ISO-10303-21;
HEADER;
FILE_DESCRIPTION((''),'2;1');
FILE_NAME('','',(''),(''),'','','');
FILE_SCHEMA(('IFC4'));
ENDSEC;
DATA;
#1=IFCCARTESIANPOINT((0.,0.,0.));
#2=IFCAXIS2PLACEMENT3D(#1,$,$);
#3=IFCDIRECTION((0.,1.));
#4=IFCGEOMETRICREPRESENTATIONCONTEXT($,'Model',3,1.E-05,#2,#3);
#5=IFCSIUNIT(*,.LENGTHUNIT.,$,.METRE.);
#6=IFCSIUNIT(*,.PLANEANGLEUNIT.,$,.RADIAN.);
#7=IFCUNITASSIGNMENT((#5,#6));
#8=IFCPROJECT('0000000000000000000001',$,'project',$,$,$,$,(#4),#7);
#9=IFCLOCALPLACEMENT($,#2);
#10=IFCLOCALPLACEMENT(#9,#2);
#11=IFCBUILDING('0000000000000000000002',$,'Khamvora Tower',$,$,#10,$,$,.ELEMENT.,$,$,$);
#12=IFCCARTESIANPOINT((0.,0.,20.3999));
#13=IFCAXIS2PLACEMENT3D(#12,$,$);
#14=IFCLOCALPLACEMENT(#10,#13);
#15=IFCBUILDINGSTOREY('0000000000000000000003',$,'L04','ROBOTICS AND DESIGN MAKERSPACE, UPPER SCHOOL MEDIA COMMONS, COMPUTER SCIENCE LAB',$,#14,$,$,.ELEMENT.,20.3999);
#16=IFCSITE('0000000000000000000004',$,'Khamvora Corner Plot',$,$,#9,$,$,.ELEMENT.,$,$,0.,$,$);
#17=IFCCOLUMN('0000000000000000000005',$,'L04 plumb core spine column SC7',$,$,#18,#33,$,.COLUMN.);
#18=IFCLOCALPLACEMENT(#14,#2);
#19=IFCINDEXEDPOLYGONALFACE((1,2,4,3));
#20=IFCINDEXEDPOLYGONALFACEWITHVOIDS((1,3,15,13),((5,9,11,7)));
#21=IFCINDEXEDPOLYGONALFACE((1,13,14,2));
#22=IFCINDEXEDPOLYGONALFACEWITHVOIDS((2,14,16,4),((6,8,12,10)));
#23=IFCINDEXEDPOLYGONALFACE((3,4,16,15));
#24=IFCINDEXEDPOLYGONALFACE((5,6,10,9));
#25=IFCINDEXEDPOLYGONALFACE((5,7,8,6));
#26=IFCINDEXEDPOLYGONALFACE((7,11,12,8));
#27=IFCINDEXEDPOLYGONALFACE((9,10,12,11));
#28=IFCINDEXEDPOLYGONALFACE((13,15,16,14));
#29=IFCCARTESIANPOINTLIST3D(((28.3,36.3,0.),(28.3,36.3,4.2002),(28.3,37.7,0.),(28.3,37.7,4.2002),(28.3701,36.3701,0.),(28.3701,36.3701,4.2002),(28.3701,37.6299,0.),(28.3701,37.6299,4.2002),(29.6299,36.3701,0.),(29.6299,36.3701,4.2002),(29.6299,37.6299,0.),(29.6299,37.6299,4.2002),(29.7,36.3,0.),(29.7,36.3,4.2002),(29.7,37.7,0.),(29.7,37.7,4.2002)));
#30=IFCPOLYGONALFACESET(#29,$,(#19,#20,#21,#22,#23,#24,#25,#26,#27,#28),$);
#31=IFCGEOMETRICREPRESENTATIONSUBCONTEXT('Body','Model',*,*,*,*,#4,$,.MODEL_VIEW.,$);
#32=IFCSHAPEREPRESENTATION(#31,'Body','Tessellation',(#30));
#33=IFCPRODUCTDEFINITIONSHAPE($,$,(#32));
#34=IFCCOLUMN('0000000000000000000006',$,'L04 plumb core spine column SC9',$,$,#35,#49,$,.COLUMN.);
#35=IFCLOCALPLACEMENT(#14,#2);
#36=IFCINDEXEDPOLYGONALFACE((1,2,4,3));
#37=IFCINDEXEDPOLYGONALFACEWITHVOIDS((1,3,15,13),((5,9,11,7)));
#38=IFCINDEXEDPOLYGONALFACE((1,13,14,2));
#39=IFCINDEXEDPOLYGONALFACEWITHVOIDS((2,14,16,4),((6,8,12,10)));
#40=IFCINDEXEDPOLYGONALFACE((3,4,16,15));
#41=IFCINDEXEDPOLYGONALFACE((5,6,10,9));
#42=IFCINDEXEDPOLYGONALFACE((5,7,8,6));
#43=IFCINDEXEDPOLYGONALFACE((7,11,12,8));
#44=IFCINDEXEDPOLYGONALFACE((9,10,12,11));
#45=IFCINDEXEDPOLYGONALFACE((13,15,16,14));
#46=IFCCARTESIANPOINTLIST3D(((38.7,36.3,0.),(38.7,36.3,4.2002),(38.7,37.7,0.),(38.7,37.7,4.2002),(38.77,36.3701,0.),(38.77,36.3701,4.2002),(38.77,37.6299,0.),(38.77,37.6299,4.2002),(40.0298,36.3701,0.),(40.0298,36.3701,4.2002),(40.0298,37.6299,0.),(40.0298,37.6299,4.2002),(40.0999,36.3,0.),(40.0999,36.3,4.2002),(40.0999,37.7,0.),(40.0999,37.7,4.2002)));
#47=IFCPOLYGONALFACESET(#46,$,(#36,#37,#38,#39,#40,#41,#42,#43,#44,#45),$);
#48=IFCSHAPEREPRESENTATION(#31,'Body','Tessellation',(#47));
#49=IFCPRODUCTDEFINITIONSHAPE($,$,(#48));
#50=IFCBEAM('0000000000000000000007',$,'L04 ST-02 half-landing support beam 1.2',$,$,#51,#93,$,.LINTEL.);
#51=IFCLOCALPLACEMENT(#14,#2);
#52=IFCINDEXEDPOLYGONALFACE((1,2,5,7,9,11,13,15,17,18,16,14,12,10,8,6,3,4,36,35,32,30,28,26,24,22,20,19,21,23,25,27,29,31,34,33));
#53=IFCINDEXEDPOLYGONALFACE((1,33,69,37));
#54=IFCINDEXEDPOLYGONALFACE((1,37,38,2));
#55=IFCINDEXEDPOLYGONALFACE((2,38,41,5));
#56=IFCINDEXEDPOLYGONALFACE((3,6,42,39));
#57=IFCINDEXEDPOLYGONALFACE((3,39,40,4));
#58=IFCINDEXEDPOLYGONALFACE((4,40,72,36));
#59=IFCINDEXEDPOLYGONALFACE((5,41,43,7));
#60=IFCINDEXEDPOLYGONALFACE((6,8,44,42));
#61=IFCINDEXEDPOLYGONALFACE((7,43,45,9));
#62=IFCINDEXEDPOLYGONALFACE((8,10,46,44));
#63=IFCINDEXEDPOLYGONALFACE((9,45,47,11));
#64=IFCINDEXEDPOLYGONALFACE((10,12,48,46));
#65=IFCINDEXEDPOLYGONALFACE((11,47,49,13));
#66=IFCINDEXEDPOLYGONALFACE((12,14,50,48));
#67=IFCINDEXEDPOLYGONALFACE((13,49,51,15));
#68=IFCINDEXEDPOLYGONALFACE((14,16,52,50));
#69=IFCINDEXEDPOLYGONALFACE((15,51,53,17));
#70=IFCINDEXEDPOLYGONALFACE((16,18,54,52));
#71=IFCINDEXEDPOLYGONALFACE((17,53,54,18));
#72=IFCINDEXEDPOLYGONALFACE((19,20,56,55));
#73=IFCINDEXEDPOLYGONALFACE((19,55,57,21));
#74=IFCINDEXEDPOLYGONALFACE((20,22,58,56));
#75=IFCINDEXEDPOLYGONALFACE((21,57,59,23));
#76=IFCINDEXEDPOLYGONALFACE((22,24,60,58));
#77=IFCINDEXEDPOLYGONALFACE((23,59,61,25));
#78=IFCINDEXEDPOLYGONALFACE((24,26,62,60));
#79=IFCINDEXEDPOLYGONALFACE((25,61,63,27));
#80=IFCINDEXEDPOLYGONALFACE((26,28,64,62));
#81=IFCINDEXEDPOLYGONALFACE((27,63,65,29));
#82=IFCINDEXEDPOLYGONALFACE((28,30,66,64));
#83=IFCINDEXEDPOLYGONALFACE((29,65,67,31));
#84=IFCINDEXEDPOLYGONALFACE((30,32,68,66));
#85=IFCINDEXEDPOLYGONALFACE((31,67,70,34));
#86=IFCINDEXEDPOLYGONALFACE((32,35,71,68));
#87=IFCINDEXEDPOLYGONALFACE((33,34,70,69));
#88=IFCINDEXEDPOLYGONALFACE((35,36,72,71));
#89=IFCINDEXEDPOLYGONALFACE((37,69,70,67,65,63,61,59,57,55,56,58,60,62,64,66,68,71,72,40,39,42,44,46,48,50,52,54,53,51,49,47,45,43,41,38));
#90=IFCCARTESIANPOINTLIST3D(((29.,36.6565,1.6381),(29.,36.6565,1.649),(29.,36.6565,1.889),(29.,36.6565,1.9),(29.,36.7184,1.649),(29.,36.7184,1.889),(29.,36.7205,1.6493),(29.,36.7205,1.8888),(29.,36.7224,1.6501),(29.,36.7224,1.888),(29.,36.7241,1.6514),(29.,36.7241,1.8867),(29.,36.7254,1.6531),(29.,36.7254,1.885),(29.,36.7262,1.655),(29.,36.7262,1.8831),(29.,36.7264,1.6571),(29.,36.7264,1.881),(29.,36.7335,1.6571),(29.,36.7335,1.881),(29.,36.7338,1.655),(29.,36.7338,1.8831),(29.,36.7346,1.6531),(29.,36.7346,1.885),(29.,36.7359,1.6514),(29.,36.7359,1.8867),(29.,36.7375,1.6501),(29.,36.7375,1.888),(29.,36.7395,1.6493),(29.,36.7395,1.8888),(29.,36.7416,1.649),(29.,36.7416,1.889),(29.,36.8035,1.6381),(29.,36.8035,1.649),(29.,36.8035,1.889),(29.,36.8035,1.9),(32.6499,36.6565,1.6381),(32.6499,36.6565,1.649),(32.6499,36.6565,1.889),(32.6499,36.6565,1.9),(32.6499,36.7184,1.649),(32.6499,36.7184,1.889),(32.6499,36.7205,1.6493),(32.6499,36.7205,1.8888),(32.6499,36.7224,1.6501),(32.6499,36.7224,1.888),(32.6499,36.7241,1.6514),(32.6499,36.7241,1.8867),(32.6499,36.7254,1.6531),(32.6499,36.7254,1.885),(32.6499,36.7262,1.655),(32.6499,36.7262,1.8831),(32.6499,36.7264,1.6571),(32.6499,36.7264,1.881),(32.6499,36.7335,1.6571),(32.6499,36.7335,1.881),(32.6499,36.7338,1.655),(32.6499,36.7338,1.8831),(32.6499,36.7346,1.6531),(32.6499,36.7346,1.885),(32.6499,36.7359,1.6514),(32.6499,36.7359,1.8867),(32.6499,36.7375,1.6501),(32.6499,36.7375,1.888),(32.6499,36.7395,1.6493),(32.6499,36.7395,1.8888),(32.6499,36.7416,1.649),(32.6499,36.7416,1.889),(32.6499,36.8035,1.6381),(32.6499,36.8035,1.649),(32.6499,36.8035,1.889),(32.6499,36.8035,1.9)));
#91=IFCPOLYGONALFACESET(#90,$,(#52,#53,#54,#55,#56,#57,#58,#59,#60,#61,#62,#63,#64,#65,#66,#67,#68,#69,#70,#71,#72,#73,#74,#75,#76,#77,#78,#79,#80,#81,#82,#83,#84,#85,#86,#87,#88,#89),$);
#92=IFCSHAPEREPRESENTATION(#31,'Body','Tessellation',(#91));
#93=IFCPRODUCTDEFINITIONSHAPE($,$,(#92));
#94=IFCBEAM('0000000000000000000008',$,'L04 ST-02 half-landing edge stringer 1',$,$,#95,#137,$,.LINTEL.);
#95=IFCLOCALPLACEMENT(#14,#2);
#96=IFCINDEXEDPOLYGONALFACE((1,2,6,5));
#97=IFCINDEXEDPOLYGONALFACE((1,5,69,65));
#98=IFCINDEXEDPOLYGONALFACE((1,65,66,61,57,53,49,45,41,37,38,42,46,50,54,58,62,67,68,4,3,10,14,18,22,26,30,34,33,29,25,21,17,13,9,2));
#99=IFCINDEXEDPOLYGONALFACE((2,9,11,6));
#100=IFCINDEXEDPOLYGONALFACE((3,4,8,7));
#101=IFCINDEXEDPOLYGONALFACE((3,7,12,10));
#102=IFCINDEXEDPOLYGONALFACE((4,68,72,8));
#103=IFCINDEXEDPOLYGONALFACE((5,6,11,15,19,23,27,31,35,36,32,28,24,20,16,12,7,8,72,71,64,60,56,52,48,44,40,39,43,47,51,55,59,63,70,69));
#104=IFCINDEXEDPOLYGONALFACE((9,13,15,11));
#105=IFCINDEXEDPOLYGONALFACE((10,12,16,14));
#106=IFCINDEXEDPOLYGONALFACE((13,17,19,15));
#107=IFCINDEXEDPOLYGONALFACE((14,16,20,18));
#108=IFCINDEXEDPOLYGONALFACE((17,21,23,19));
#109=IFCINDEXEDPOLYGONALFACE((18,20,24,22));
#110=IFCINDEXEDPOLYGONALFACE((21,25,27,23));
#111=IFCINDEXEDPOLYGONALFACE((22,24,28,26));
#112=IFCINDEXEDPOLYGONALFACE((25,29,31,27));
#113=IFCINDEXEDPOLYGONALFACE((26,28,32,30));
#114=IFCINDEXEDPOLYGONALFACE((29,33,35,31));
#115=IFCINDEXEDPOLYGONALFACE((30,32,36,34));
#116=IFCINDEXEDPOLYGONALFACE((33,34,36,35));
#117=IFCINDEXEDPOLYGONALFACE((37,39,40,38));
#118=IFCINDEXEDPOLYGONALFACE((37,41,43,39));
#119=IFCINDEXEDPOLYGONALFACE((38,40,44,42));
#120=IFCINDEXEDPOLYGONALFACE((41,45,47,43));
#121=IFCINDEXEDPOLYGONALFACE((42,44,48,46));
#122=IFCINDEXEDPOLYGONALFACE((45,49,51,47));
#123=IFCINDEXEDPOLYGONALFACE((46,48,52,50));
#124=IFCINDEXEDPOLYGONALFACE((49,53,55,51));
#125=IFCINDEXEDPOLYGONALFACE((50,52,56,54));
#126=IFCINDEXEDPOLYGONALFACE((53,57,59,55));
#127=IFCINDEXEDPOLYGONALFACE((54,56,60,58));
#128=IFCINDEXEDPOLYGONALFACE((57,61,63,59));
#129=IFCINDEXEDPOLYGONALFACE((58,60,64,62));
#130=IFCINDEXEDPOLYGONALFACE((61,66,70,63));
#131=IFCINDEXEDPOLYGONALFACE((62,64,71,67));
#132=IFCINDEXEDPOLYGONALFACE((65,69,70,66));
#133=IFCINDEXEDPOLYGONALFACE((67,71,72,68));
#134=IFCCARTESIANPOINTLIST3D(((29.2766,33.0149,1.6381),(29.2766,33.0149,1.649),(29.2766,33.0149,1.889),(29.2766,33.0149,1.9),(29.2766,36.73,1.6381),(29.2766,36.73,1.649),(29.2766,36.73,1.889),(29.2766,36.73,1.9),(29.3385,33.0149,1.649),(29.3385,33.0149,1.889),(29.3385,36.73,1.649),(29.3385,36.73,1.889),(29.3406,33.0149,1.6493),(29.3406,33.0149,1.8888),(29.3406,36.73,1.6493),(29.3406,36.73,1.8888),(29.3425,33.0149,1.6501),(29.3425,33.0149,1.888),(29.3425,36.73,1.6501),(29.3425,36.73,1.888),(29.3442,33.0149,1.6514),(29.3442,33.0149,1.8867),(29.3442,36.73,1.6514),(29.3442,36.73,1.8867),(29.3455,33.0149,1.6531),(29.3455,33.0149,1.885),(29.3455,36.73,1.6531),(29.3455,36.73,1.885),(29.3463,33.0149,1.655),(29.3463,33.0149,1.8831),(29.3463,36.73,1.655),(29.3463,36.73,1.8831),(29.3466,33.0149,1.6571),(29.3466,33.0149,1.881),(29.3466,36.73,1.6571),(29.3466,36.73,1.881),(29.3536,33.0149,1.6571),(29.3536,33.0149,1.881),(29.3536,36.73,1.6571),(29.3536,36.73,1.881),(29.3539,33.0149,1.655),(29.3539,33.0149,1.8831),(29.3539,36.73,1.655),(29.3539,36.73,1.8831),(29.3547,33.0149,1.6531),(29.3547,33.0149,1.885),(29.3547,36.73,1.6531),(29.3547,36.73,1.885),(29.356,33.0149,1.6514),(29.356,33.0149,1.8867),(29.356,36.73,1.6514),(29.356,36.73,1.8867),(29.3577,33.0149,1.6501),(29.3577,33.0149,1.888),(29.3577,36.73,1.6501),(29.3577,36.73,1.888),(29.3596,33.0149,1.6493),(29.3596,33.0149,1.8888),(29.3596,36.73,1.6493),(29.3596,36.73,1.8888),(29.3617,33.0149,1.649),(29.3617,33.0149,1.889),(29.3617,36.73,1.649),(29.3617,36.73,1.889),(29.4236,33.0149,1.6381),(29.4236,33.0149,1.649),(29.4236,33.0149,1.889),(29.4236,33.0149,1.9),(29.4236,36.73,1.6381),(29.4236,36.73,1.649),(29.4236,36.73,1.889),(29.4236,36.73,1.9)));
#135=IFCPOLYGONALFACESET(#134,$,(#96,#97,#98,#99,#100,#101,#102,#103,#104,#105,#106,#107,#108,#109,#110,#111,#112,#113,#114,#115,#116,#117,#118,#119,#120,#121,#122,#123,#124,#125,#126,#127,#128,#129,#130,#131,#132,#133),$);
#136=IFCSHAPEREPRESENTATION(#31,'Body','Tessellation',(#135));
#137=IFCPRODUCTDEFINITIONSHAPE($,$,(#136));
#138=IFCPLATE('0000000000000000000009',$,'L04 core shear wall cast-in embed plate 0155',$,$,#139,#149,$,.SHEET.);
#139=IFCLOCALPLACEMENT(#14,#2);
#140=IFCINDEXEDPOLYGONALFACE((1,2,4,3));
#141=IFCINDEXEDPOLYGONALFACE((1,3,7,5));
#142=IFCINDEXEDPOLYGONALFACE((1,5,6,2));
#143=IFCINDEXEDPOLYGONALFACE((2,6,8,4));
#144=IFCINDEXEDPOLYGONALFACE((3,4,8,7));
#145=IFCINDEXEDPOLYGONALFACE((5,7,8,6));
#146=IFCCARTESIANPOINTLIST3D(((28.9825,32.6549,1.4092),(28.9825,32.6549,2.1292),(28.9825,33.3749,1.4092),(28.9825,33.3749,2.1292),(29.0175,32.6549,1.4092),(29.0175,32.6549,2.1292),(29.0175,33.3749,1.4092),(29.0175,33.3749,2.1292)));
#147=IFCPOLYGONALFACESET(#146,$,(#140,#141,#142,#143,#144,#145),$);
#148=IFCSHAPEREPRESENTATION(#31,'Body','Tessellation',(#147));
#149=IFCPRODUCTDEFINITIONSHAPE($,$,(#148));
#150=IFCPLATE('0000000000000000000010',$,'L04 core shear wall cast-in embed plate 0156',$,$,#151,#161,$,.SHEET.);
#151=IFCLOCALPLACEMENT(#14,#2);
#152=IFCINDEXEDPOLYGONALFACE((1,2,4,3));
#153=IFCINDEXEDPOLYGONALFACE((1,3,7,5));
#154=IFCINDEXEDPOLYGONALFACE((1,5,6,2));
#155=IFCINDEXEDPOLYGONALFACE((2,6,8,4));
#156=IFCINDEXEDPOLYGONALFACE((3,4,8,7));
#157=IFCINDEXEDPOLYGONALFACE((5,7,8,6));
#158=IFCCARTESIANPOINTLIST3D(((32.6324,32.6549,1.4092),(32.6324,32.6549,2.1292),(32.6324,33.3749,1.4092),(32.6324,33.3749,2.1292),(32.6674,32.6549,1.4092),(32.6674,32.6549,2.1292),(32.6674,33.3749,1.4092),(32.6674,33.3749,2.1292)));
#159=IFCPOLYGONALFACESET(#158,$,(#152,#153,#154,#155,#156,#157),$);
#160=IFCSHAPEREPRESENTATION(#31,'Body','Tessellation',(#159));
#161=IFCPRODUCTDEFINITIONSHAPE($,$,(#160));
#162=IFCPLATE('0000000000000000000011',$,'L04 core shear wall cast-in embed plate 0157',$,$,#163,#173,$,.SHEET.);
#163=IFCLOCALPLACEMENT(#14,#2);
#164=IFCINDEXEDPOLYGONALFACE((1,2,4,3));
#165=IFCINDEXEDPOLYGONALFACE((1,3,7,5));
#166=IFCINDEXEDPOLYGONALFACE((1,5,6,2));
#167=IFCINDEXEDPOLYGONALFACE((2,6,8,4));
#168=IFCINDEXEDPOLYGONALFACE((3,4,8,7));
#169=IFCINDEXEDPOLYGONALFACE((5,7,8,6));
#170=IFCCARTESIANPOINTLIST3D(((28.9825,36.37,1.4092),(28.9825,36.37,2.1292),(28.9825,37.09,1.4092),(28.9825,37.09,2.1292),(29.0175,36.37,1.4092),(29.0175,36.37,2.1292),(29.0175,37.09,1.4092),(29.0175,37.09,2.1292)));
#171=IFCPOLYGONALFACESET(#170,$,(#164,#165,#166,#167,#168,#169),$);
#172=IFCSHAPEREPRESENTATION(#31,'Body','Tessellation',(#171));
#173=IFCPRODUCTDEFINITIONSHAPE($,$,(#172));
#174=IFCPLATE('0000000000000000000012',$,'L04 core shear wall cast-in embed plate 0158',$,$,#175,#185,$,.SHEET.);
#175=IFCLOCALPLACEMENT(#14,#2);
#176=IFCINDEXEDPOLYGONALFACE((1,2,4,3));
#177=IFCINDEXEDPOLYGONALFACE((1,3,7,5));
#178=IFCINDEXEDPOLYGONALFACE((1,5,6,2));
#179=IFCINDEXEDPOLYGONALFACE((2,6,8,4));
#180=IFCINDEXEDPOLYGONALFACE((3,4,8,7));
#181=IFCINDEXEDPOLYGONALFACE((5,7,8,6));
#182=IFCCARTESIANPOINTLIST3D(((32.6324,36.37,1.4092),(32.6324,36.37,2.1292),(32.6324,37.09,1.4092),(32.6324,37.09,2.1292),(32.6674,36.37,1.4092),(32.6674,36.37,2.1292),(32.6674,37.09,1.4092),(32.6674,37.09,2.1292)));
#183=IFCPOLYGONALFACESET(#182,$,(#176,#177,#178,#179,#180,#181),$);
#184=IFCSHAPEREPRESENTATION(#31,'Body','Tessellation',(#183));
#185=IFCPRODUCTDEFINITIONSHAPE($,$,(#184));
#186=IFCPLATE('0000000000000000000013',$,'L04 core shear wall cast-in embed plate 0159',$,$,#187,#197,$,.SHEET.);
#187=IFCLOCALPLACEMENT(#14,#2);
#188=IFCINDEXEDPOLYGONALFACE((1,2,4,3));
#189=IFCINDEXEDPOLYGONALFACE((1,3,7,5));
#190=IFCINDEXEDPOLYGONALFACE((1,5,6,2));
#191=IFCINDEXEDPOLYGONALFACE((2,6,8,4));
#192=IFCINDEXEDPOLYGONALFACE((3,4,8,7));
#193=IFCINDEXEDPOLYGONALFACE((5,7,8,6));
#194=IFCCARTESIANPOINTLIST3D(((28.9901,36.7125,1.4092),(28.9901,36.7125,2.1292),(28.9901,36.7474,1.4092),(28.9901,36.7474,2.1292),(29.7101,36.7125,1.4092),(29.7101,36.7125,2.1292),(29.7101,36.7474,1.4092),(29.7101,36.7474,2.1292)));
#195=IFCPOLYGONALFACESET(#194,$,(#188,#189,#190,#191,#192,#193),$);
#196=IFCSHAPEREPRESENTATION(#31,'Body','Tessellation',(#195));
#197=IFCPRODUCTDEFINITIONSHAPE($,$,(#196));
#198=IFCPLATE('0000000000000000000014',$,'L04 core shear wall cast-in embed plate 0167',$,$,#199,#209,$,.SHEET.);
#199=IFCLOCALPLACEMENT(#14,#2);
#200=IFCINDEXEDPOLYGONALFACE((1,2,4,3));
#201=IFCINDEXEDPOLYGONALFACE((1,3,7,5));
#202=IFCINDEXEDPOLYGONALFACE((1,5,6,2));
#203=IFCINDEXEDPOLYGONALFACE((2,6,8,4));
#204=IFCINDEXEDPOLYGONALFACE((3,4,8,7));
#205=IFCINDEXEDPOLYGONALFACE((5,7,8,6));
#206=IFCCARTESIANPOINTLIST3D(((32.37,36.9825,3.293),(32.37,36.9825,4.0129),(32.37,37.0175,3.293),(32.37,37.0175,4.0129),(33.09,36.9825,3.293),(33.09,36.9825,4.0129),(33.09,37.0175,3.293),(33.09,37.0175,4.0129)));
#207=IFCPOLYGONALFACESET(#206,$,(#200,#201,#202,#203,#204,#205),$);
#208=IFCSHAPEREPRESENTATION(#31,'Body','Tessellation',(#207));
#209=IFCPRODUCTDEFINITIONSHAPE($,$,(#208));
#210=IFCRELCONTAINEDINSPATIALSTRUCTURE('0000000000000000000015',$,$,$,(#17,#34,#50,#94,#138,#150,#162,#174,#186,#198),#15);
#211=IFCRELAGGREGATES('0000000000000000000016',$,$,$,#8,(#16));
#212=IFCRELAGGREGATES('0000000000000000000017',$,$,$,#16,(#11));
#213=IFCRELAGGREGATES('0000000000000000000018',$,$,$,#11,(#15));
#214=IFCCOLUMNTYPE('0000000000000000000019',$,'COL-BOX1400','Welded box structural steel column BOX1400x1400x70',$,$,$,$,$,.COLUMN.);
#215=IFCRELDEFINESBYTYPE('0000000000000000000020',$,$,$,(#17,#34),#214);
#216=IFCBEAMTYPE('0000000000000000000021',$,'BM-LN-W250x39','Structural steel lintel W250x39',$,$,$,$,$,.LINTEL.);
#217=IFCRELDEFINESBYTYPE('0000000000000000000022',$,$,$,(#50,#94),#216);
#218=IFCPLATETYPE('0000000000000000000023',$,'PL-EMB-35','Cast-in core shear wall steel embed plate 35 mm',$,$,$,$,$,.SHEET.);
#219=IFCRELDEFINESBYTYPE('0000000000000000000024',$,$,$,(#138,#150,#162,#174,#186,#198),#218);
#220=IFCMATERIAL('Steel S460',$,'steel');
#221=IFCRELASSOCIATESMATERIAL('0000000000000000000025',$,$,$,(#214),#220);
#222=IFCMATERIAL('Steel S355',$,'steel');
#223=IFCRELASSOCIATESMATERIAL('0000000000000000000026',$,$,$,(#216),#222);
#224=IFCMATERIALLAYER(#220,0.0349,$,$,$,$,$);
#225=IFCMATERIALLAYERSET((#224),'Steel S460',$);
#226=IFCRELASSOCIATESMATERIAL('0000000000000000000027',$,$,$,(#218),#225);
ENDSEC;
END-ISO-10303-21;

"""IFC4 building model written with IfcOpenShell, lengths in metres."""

from ifc_helpers import new_model, si_unit, direction, frame, origin, origin_2d, place, context, subcontext, project, spatial, rectangle, hollow_rectangle, i_section, extrude, material, layer, layer_set, material_profile, profile_set, type_object, element, save


model = new_model("IFC4")

# Units and contexts
model_context = context("Model", 3, precision=1e-05, world=origin(), true_north=direction((0.0, 1.0)))
body_context = subcontext(model_context, "Body", "Model", "MODEL_VIEW")
ifc_project = project(units=[si_unit("LENGTHUNIT", "METRE"), si_unit("PLANEANGLEUNIT", "RADIAN")], contexts=[model_context])

# Site, building, storey
site_placement = place(None, origin())
site = spatial("IfcSite", under=ifc_project, at=site_placement, Name="Khamvora Corner Plot", CompositionType="ELEMENT", RefElevation=0.0)
building_placement = place(site_placement, origin())
building = spatial("IfcBuilding", under=site, at=building_placement, Name="Khamvora Tower", CompositionType="ELEMENT")
storey_placement = place(building_placement, frame((0.0, 0.0, 20.3999)))
storey = spatial("IfcBuildingStorey", under=building, at=storey_placement, Name="L04", Description="ROBOTICS AND DESIGN MAKERSPACE, UPPER SCHOOL MEDIA COMMONS, COMPUTER SCIENCE LAB", CompositionType="ELEMENT", Elevation=20.3999)

# Columns
ifc_material_1 = material(Name="Steel S460", Category="steel")
ifc_material_profile_1 = material_profile(ifc_material_1, hollow_rectangle(XDim=1.3999, YDim=1.3999, WallThickness=0.0701, at=origin_2d()), Name="BOX1400x1400x70")
ifc_profile_set_1 = profile_set([ifc_material_profile_1], Name="Steel S460")
column_type = type_object("IfcColumnType", Name="COL-BOX1400", Description="Welded box structural steel column BOX1400x1400x70", PredefinedType="COLUMN", material=ifc_profile_set_1)
for number, where, z_axis, x_axis, name in (
    (1, (29.0, 37.0, 0.0), (0.0, 0.0, 1.0), (1.0, 0.0, 0.0), "L04 plumb core spine column SC7"),
    (2, (39.3999, 37.0, 0.0), (0.0, 0.0, 1.0), (1.0, 0.0, 0.0), "L04 plumb core spine column SC9"),
):
    element("IfcColumn", number, at=place(storey_placement, frame(where, z_axis=z_axis, x_axis=x_axis)), inside=storey, type_object=column_type, Name=name, PredefinedType="COLUMN", context=body_context, shape_type="SweptSolid", body=[
        extrude(hollow_rectangle(XDim=1.3999, YDim=1.3999, WallThickness=0.0701, at=origin_2d()), origin(), (0.0, 0.0, 1.0), 4.2002),
    ])

# Beams
ifc_material_2 = material(Name="Steel S355", Category="steel")
ifc_material_profile_2 = material_profile(ifc_material_2, i_section(OverallWidth=0.147, OverallDepth=0.262, WebThickness=0.0071, FlangeThickness=0.011, FilletRadius=0.0081, at=origin_2d()), Name="W250x39")
ifc_profile_set_2 = profile_set([ifc_material_profile_2], Name="Steel S355")
beam_type = type_object("IfcBeamType", Name="BM-LN-W250x39", Description="Structural steel lintel W250x39", PredefinedType="LINTEL", material=ifc_profile_set_2)
beam_1_placement = place(storey_placement, frame((29.0, 36.73, 1.769), z_axis=(1.0, 0.0, 0.0), x_axis=(0.0, 1.0, 0.0)))
element("IfcBeam", 3, at=beam_1_placement, inside=storey, type_object=beam_type, Name="L04 ST-02 half-landing support beam 1.2", PredefinedType="LINTEL", context=body_context, shape_type="SweptSolid", body=[
    extrude(i_section(OverallWidth=0.147, OverallDepth=0.262, WebThickness=0.0071, FlangeThickness=0.011, FilletRadius=0.0081, at=origin_2d()), origin(), (0.0, 0.0, 1.0), 3.6499),
])
beam_2_placement = place(storey_placement, frame((29.3501, 33.0149, 1.769), z_axis=(0.0, 1.0, 0.0), x_axis=(-1.0, 0.0, 0.0)))
element("IfcBeam", 4, at=beam_2_placement, inside=storey, type_object=beam_type, Name="L04 ST-02 half-landing edge stringer 1", PredefinedType="LINTEL", context=body_context, shape_type="SweptSolid", body=[
    extrude(i_section(OverallWidth=0.147, OverallDepth=0.262, WebThickness=0.0071, FlangeThickness=0.011, FilletRadius=0.0081, at=origin_2d()), origin(), (0.0, 0.0, 1.0), 3.7151),
])

# Plates
ifc_layer_1 = layer(ifc_material_1, 0.0349)
ifc_layer_set_1 = layer_set([ifc_layer_1], Name="Steel S460")
plate_type = type_object("IfcPlateType", Name="PL-EMB-35", Description="Cast-in core shear wall steel embed plate 35 mm", PredefinedType="SHEET", material=ifc_layer_set_1)
for number, where, z_axis, x_axis, name in (
    (5, (29.0, 33.0149, 1.4092), (0.0, 0.0, 1.0), (1.0, 0.0, 0.0), "L04 core shear wall cast-in embed plate 0155"),
    (6, (32.6499, 33.0149, 1.4092), (0.0, 0.0, 1.0), (1.0, 0.0, 0.0), "L04 core shear wall cast-in embed plate 0156"),
    (7, (29.0, 36.73, 1.4092), (0.0, 0.0, 1.0), (1.0, 0.0, 0.0), "L04 core shear wall cast-in embed plate 0157"),
    (8, (32.6499, 36.73, 1.4092), (0.0, 0.0, 1.0), (1.0, 0.0, 0.0), "L04 core shear wall cast-in embed plate 0158"),
):
    element("IfcPlate", number, at=place(storey_placement, frame(where, z_axis=z_axis, x_axis=x_axis)), inside=storey, type_object=plate_type, Name=name, PredefinedType="SHEET", context=body_context, shape_type="SweptSolid", body=[
        extrude(rectangle(XDim=0.0349, YDim=0.72, at=origin_2d()), origin(), (0.0, 0.0, 1.0), 0.72),
    ])
for number, where, z_axis, x_axis, name in (
    (9, (29.3501, 36.73, 1.4092), (0.0, 0.0, 1.0), (1.0, 0.0, 0.0), "L04 core shear wall cast-in embed plate 0159"),
    (10, (32.73, 37.0, 3.293), (0.0, 0.0, 1.0), (1.0, 0.0, 0.0), "L04 core shear wall cast-in embed plate 0167"),
):
    element("IfcPlate", number, at=place(storey_placement, frame(where, z_axis=z_axis, x_axis=x_axis)), inside=storey, type_object=plate_type, Name=name, PredefinedType="SHEET", context=body_context, shape_type="SweptSolid", body=[
        extrude(rectangle(XDim=0.72, YDim=0.0349, at=origin_2d()), origin(), (0.0, 0.0, 1.0), 0.72),
    ])

save(model, "model.ifc")
